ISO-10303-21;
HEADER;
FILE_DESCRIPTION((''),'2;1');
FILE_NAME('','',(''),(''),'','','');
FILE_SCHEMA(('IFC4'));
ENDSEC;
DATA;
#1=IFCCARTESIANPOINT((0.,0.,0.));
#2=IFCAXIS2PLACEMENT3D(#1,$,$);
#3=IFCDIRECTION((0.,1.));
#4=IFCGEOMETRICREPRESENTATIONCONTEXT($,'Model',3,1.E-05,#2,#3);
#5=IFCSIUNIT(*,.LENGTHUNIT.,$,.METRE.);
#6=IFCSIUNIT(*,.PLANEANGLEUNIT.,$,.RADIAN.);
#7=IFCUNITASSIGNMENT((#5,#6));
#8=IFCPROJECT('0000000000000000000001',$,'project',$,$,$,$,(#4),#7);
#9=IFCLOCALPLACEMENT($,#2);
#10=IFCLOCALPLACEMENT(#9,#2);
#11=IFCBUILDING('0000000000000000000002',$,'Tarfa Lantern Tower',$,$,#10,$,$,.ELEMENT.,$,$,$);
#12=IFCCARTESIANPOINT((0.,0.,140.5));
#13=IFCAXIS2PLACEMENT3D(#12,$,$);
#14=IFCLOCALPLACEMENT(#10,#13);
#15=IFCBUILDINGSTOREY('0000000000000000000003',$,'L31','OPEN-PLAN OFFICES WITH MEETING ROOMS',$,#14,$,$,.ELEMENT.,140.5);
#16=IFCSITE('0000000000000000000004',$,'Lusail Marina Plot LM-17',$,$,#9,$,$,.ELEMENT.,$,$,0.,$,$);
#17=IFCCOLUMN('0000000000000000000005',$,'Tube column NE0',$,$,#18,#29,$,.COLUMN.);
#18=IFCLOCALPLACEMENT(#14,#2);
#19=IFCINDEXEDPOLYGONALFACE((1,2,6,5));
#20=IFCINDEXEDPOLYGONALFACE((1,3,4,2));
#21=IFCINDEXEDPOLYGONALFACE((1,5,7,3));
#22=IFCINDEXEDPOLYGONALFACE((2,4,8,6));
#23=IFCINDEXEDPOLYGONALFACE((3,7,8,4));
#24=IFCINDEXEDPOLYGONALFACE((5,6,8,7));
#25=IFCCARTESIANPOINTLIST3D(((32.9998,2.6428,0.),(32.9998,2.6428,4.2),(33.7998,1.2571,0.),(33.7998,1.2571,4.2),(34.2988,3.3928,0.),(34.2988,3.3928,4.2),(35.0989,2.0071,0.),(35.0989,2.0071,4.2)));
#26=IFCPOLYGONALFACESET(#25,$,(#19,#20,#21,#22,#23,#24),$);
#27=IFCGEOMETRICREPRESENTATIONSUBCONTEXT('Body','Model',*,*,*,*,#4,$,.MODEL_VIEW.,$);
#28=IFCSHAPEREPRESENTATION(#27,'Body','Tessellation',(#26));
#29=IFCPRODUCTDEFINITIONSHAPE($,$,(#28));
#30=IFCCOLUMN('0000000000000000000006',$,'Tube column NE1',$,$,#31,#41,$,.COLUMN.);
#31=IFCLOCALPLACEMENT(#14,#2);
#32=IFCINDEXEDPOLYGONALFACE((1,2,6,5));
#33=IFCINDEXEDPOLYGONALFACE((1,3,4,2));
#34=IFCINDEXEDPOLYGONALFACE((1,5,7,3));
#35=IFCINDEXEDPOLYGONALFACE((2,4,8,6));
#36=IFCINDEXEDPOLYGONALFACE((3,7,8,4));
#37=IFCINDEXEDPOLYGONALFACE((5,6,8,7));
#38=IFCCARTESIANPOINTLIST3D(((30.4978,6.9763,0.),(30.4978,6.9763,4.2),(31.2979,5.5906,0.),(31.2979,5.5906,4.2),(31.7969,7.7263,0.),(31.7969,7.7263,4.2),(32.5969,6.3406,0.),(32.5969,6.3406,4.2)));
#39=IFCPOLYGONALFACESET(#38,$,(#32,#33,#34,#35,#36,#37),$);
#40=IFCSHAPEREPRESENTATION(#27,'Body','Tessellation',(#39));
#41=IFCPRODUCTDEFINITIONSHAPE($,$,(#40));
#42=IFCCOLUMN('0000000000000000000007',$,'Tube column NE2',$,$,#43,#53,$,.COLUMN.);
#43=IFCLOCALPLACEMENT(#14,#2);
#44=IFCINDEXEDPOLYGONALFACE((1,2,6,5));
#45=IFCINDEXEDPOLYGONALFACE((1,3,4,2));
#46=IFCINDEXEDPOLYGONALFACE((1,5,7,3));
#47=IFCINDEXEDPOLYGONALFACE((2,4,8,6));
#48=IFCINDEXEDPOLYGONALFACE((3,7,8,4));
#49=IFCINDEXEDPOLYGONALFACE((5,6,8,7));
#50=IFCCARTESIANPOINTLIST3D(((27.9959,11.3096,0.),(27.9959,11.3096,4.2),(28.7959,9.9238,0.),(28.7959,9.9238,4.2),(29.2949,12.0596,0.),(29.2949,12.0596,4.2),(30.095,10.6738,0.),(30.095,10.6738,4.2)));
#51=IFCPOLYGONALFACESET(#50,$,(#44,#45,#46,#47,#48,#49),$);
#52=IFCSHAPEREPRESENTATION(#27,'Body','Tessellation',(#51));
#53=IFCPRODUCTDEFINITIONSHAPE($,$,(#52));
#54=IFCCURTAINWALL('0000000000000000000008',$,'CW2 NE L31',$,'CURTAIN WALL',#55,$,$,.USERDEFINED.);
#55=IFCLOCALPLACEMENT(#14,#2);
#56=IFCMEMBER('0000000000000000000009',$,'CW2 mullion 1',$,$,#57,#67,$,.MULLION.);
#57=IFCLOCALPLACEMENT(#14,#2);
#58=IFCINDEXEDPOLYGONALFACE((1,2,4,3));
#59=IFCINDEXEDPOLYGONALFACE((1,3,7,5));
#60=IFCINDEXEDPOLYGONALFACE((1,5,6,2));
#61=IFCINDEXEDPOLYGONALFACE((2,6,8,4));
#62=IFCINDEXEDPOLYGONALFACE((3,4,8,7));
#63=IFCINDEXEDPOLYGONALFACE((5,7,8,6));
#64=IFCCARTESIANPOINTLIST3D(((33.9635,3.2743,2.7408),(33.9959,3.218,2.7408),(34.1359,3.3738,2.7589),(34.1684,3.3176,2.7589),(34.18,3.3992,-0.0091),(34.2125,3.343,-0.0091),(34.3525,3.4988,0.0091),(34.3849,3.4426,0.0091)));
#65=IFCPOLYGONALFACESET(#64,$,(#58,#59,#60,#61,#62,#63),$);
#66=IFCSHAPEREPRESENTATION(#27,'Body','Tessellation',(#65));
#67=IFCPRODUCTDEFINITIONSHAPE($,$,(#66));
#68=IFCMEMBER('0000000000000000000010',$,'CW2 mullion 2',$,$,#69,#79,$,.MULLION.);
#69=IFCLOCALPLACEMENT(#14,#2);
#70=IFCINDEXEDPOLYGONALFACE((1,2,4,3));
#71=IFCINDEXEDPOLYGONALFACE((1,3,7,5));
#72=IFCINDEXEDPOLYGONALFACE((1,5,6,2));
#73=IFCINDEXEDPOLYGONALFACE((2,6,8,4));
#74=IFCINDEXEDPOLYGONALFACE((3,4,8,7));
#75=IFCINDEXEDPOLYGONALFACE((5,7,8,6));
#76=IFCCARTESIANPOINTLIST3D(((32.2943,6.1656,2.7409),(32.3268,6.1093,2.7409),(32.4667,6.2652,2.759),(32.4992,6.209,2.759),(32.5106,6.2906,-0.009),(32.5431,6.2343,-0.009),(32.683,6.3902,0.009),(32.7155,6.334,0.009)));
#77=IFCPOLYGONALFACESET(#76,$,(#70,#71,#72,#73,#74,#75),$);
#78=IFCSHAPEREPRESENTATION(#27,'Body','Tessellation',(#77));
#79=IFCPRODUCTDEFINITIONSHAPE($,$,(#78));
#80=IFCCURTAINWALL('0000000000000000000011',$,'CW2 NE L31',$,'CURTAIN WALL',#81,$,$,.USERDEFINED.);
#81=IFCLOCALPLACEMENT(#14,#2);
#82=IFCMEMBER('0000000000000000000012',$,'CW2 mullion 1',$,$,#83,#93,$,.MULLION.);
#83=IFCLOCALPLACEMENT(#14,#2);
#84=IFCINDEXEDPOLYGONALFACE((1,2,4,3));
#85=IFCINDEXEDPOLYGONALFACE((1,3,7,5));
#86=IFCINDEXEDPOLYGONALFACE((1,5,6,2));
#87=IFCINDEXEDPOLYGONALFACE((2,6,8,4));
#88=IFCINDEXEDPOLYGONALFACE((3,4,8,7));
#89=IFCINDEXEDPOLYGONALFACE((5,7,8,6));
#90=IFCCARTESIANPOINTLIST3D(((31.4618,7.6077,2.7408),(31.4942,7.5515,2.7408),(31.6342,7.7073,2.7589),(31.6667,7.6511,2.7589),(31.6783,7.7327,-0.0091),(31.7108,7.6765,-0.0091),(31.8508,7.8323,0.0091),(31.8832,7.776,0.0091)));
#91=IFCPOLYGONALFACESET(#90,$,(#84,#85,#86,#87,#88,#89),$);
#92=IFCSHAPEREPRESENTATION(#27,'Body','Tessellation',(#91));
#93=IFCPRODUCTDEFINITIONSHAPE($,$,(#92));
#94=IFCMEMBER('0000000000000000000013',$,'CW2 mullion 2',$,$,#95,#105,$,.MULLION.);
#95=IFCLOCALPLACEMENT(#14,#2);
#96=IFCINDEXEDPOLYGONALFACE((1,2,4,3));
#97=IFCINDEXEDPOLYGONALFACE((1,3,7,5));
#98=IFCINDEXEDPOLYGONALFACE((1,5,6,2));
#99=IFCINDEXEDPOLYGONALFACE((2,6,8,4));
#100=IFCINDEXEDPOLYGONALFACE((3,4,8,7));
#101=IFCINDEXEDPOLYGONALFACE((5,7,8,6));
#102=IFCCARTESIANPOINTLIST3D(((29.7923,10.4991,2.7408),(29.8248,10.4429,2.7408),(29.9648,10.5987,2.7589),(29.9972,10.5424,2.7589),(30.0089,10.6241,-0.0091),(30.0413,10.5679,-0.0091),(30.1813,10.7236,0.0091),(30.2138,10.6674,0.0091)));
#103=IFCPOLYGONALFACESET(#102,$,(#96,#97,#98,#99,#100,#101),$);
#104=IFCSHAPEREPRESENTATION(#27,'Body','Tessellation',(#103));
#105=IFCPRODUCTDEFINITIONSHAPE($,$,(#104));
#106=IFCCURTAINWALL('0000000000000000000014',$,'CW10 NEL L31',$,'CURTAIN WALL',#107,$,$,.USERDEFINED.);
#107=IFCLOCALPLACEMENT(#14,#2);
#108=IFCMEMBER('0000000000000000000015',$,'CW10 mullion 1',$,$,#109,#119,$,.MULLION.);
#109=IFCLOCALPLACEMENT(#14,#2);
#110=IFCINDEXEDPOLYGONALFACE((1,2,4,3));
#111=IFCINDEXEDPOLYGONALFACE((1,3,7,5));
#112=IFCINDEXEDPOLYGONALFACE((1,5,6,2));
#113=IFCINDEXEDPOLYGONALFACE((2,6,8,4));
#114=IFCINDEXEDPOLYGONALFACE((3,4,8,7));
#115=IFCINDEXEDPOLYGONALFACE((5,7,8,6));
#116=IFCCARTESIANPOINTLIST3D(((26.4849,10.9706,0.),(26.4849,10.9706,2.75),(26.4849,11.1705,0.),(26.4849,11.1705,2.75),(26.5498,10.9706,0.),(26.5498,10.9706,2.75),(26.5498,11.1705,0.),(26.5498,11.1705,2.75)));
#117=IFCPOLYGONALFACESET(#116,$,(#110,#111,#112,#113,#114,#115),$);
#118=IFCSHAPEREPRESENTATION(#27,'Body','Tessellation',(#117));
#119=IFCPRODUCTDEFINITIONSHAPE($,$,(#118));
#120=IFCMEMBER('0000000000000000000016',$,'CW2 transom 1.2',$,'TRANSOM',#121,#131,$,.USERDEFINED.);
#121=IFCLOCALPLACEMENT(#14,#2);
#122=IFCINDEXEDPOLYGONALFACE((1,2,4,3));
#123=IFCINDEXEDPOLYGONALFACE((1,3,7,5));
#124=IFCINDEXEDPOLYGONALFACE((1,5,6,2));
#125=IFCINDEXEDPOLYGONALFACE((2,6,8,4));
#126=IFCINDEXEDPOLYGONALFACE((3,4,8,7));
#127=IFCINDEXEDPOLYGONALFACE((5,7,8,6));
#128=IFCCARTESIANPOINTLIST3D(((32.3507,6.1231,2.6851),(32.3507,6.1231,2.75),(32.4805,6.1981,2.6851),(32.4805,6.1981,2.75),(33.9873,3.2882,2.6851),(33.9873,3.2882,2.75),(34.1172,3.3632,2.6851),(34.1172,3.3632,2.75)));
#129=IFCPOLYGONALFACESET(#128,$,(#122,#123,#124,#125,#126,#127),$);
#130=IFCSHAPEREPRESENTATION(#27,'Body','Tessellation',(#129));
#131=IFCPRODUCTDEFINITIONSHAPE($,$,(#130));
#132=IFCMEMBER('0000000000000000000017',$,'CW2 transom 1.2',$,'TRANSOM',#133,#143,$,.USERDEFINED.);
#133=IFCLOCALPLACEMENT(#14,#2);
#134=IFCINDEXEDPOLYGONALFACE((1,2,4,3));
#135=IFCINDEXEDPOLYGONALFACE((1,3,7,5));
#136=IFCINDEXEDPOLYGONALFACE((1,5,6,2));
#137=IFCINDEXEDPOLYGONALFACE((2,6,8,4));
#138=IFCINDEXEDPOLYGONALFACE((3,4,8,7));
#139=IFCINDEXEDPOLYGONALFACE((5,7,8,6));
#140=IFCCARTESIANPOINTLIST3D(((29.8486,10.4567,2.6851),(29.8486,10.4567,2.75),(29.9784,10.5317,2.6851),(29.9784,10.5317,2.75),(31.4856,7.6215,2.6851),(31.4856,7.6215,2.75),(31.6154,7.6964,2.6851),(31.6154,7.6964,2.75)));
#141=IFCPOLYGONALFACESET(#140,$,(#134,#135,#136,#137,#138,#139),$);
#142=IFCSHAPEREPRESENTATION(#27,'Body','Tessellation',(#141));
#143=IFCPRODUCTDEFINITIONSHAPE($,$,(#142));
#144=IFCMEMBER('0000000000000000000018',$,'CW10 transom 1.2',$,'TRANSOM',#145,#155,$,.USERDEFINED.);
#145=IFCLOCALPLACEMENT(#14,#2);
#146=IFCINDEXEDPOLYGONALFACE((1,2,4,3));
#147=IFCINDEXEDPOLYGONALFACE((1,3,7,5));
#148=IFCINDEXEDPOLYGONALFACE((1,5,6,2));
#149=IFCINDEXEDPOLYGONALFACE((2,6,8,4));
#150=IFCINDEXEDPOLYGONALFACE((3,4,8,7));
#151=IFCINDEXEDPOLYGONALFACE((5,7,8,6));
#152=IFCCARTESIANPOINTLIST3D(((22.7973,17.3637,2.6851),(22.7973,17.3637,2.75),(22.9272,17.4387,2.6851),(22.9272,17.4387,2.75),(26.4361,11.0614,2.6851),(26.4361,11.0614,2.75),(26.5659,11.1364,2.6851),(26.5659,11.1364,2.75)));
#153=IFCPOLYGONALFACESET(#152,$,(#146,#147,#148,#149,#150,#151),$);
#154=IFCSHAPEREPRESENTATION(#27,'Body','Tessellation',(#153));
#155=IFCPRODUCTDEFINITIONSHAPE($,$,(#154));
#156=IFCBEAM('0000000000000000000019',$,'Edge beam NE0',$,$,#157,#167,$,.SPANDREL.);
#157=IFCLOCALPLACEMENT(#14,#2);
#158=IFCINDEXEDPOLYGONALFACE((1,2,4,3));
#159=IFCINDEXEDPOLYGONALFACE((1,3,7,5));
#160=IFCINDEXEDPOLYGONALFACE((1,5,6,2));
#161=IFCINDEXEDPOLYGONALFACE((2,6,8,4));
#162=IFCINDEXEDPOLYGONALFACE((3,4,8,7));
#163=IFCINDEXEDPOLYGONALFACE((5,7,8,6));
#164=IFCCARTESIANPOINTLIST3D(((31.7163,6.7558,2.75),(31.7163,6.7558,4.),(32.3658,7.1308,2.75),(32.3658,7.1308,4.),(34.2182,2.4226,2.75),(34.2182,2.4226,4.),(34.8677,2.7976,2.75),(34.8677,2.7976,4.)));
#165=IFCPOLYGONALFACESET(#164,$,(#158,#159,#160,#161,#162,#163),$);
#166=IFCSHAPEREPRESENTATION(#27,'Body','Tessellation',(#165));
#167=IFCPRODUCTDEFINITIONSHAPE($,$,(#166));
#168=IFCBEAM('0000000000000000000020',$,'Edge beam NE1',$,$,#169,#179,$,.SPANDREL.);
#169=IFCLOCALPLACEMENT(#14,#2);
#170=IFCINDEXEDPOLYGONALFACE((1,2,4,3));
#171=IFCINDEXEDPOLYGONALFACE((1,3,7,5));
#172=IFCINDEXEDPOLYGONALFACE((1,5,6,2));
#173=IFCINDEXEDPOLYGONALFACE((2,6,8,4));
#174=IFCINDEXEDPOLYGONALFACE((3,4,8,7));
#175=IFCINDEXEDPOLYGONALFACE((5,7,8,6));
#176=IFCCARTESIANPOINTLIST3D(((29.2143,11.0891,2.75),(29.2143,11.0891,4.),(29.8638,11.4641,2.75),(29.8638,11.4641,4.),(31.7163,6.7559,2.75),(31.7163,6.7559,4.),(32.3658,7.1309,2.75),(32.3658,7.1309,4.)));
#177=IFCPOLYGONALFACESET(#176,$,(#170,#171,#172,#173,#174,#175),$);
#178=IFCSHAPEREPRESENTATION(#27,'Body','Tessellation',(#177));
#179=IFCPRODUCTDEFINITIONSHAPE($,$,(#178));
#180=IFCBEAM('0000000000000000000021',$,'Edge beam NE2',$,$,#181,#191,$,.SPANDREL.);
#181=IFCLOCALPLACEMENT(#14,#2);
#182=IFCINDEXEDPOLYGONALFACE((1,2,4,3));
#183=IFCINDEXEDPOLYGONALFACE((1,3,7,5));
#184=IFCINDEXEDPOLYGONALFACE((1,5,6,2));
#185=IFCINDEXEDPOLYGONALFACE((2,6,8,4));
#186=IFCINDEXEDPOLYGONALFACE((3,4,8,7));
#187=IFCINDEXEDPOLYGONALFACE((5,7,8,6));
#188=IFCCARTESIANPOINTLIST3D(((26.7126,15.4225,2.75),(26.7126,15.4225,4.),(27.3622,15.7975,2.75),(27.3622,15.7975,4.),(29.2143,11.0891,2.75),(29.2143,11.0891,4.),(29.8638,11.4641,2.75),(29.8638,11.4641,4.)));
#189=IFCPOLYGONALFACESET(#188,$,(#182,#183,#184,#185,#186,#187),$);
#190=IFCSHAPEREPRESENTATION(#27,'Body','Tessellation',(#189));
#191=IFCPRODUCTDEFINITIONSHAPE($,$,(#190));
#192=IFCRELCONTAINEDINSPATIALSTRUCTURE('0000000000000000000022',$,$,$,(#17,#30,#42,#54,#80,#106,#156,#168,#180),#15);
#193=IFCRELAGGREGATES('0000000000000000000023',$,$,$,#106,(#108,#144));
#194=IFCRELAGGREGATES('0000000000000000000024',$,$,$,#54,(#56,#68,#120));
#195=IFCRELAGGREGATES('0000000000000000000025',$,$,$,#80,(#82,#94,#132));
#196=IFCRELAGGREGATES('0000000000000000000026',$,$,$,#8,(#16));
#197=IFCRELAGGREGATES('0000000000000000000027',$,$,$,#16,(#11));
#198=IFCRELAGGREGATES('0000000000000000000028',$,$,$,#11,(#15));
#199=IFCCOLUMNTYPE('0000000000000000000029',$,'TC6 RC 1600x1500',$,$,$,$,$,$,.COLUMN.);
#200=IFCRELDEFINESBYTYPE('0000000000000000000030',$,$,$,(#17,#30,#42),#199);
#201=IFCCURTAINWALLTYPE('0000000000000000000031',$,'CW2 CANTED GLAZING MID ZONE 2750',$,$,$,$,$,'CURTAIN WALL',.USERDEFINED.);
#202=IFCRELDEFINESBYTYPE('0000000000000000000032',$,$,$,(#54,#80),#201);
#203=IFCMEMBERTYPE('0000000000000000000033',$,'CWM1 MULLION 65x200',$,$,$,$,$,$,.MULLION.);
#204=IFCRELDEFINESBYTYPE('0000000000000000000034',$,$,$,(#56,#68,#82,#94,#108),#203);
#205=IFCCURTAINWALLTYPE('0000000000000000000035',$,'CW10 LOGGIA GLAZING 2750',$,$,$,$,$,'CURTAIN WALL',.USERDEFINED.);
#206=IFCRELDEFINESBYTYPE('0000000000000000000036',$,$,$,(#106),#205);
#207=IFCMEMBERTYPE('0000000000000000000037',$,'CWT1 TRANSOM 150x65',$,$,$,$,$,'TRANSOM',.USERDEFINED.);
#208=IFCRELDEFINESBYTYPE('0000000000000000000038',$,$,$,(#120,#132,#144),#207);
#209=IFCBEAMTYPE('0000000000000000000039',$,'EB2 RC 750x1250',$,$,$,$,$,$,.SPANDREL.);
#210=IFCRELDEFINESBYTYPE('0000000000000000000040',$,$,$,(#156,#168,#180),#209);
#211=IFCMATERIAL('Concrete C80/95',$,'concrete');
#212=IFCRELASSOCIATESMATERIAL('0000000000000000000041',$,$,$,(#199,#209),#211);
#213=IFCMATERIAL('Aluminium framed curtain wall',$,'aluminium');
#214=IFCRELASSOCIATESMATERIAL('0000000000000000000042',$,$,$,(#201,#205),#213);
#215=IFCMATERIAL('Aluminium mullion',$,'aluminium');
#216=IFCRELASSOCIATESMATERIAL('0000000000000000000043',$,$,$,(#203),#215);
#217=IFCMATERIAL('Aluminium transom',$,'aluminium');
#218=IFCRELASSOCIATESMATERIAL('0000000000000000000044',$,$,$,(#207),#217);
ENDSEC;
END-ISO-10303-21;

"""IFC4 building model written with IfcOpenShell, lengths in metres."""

from ifc_helpers import new_model, si_unit, direction, frame, origin, origin_2d, place, context, subcontext, project, spatial, rectangle, extrude, material, material_profile, profile_set, type_object, element, aggregate, save


model = new_model("IFC4")

# Units and contexts
model_context = context("Model", 3, precision=1e-05, world=origin(), true_north=direction((0.0, 1.0)))
body_context = subcontext(model_context, "Body", "Model", "MODEL_VIEW")
ifc_project = project(units=[si_unit("LENGTHUNIT", "METRE"), si_unit("PLANEANGLEUNIT", "RADIAN")], contexts=[model_context])

# Site, building, storey
site_placement = place(None, origin())
site = spatial("IfcSite", under=ifc_project, at=site_placement, Name="Lusail Marina Plot LM-17", CompositionType="ELEMENT", RefElevation=0.0)
building_placement = place(site_placement, origin())
building = spatial("IfcBuilding", under=site, at=building_placement, Name="Tarfa Lantern Tower", CompositionType="ELEMENT")
storey_placement = place(building_placement, frame((0.0, 0.0, 140.5)))
storey = spatial("IfcBuildingStorey", under=building, at=storey_placement, Name="L31", Description="OPEN-PLAN OFFICES WITH MEETING ROOMS", CompositionType="ELEMENT", Elevation=140.5)

# Columns
ifc_material_1 = material(Name="Concrete C80/95", Category="concrete")
ifc_material_profile_1 = material_profile(ifc_material_1, rectangle(XDim=1.6001, YDim=1.5, at=origin_2d()), Name="RC 1600x1500")
ifc_profile_set_1 = profile_set([ifc_material_profile_1], Name="Concrete C80/95")
column_type = type_object("IfcColumnType", Name="TC6 RC 1600x1500", PredefinedType="COLUMN", material=ifc_profile_set_1)
for number, where, z_axis, x_axis, name in (
    (1, (34.0493, 2.325, 0.0), (0.0, 0.0, 1.0), (-0.5, 0.866025, 0.0), "Tube column NE0"),
    (2, (31.5474, 6.6584, 0.0), (0.0, 0.0, 1.0), (-0.5, 0.866025, 0.0), "Tube column NE1"),
    (3, (29.0454, 10.9917, 0.0), (0.0, 0.0, 1.0), (-0.5, 0.866025, 0.0), "Tube column NE2"),
):
    element("IfcColumn", number, at=place(storey_placement, frame(where, z_axis=z_axis, x_axis=x_axis)), inside=storey, type_object=column_type, Name=name, PredefinedType="COLUMN", context=body_context, shape_type="SweptSolid", body=[
        extrude(rectangle(XDim=1.6001, YDim=1.5, at=origin_2d()), origin(), (0.0, 0.0, 1.0), 4.2),
    ])

# Curtain walls, members
ifc_material_2 = material(Name="Aluminium framed curtain wall", Category="aluminium")
curtain_wall_type_1 = type_object("IfcCurtainWallType", Name="CW2 CANTED GLAZING MID ZONE 2750", ElementType="CURTAIN WALL", PredefinedType="USERDEFINED", material=ifc_material_2)
curtain_wall_1_placement = place(storey_placement, origin())
curtain_wall_1 = element("IfcCurtainWall", 4, at=curtain_wall_1_placement, inside=storey, type_object=curtain_wall_type_1, Name="CW2 NE L31", ObjectType="CURTAIN WALL", PredefinedType="USERDEFINED")
ifc_material_3 = material(Name="Aluminium mullion", Category="aluminium")
ifc_material_profile_2 = material_profile(ifc_material_3, rectangle(XDim=0.0649, YDim=0.2, at=origin_2d()), Name="AL MULLION 65x200")
ifc_profile_set_2 = profile_set([ifc_material_profile_2], Name="Aluminium mullion")
member_type_1 = type_object("IfcMemberType", Name="CWM1 MULLION 65x200", PredefinedType="MULLION", material=ifc_profile_set_2)
member_1_placement = place(storey_placement, frame((34.2825, 3.4209, 0.0), z_axis=(-0.078423, -0.045268, 0.995892), x_axis=(0.49992, -0.866072, 0.0)))
member_1 = element("IfcMember", 5, at=member_1_placement, type_object=member_type_1, Name="CW2 mullion 1", PredefinedType="MULLION", context=body_context, shape_type="SweptSolid", body=[
    extrude(rectangle(XDim=0.0649, YDim=0.2, at=origin_2d()), origin(), (0.0, 0.0, 1.0), 2.7612),
])
member_2_placement = place(storey_placement, frame((32.613, 6.3123, 0.0), z_axis=(-0.078335, -0.045268, 0.995899), x_axis=(0.500343, -0.865827, 0.0)))
member_2 = element("IfcMember", 6, at=member_2_placement, type_object=member_type_1, Name="CW2 mullion 2", PredefinedType="MULLION", context=body_context, shape_type="SweptSolid", body=[
    extrude(rectangle(XDim=0.0649, YDim=0.2, at=origin_2d()), origin(), (0.0, 0.0, 1.0), 2.7612),
])
curtain_wall_2_placement = place(storey_placement, origin())
curtain_wall_2 = element("IfcCurtainWall", 7, at=curtain_wall_2_placement, inside=storey, type_object=curtain_wall_type_1, Name="CW2 NE L31", ObjectType="CURTAIN WALL", PredefinedType="USERDEFINED")
member_3_placement = place(storey_placement, frame((31.7808, 7.7544, 0.0), z_axis=(-0.078423, -0.045268, 0.995892), x_axis=(0.49992, -0.866072, 0.0)))
member_3 = element("IfcMember", 8, at=member_3_placement, type_object=member_type_1, Name="CW2 mullion 1", PredefinedType="MULLION", context=body_context, shape_type="SweptSolid", body=[
    extrude(rectangle(XDim=0.0649, YDim=0.2, at=origin_2d()), origin(), (0.0, 0.0, 1.0), 2.7612),
])
member_4_placement = place(storey_placement, frame((30.1113, 10.6458, 0.0), z_axis=(-0.078423, -0.045268, 0.995892), x_axis=(0.49992, -0.866072, 0.0)))
member_4 = element("IfcMember", 9, at=member_4_placement, type_object=member_type_1, Name="CW2 mullion 2", PredefinedType="MULLION", context=body_context, shape_type="SweptSolid", body=[
    extrude(rectangle(XDim=0.0649, YDim=0.2, at=origin_2d()), origin(), (0.0, 0.0, 1.0), 2.7612),
])

# Curtain wall, member
curtain_wall_type_2 = type_object("IfcCurtainWallType", Name="CW10 LOGGIA GLAZING 2750", ElementType="CURTAIN WALL", PredefinedType="USERDEFINED", material=ifc_material_2)
curtain_wall_3_placement = place(storey_placement, origin())
curtain_wall_3 = element("IfcCurtainWall", 10, at=curtain_wall_3_placement, inside=storey, type_object=curtain_wall_type_2, Name="CW10 NEL L31", ObjectType="CURTAIN WALL", PredefinedType="USERDEFINED")
member_5_placement = place(storey_placement, frame((26.5173, 11.0706, 0.0), z_axis=(0.0, 0.0, 1.0), x_axis=(1.0, 0.0, 0.0)))
member_5 = element("IfcMember", 11, at=member_5_placement, type_object=member_type_1, Name="CW10 mullion 1", PredefinedType="MULLION", context=body_context, shape_type="SweptSolid", body=[
    extrude(rectangle(XDim=0.0649, YDim=0.2, at=origin_2d()), origin(), (0.0, 0.0, 1.0), 2.75),
])

# Members
ifc_material_4 = material(Name="Aluminium transom", Category="aluminium")
ifc_material_profile_3 = material_profile(ifc_material_4, rectangle(XDim=0.1499, YDim=0.0649, at=origin_2d()), Name="AL TRANSOM 150x65")
ifc_profile_set_3 = profile_set([ifc_material_profile_3], Name="Aluminium transom")
member_type_2 = type_object("IfcMemberType", Name="CWT1 TRANSOM 150x65", ElementType="TRANSOM", PredefinedType="USERDEFINED", material=ifc_profile_set_3)
member_6_placement = place(storey_placement, frame((34.0522, 3.3257, 2.7175), z_axis=(-0.499989, 0.866032, 0.0), x_axis=(-0.866032, -0.499989, 0.0)))
member_6 = element("IfcMember", 12, at=member_6_placement, type_object=member_type_2, Name="CW2 transom 1.2", ObjectType="TRANSOM", PredefinedType="USERDEFINED", context=body_context, shape_type="SweptSolid", body=[
    extrude(rectangle(XDim=0.1499, YDim=0.0649, at=origin_2d()), origin(), (0.0, 0.0, 1.0), 3.2734),
])
member_7_placement = place(storey_placement, frame((31.5505, 7.6589, 2.7175), z_axis=(-0.500013, 0.866018, 0.0), x_axis=(-0.866018, -0.500013, 0.0)))
member_7 = element("IfcMember", 13, at=member_7_placement, type_object=member_type_2, Name="CW2 transom 1.2", ObjectType="TRANSOM", PredefinedType="USERDEFINED", context=body_context, shape_type="SweptSolid", body=[
    extrude(rectangle(XDim=0.1499, YDim=0.0649, at=origin_2d()), origin(), (0.0, 0.0, 1.0), 3.2739),
])
member_8_placement = place(storey_placement, frame((26.501, 11.0989, 2.7175), z_axis=(-0.500007, 0.866021, 0.0), x_axis=(-0.866021, -0.500007, 0.0)))
member_8 = element("IfcMember", 14, at=member_8_placement, type_object=member_type_2, Name="CW10 transom 1.2", ObjectType="TRANSOM", PredefinedType="USERDEFINED", context=body_context, shape_type="SweptSolid", body=[
    extrude(rectangle(XDim=0.1499, YDim=0.0649, at=origin_2d()), origin(), (0.0, 0.0, 1.0), 7.2773),
])
aggregate(curtain_wall_3, [member_5, member_8])

# Beams
ifc_material_profile_4 = material_profile(ifc_material_1, rectangle(XDim=0.75, YDim=1.25, at=origin_2d()), Name="RC 750x1250")
ifc_profile_set_4 = profile_set([ifc_material_profile_4], Name="Concrete C80/95")
beam_type_1 = type_object("IfcBeamType", Name="EB2 RC 750x1250", PredefinedType="SPANDREL", material=ifc_profile_set_4)
for number, where, z_axis, x_axis, name in (
    (15, (34.543, 2.6101, 3.375), (-0.500022, 0.866013, 0.0), (-0.866013, -0.500022, 0.0), "Edge beam NE0"),
    (16, (32.041, 6.9434, 3.375), (-0.500022, 0.866013, 0.0), (-0.866013, -0.500022, 0.0), "Edge beam NE1"),
    (17, (29.5391, 11.2766, 3.375), (-0.499965, 0.866046, 0.0), (-0.866046, -0.499965, 0.0), "Edge beam NE2"),
):
    element("IfcBeam", number, at=place(storey_placement, frame(where, z_axis=z_axis, x_axis=x_axis)), inside=storey, type_object=beam_type_1, Name=name, PredefinedType="SPANDREL", context=body_context, shape_type="SweptSolid", body=[
        extrude(rectangle(XDim=0.75, YDim=1.25, at=origin_2d()), origin(), (0.0, 0.0, 1.0), 5.0037),
    ])

aggregate(curtain_wall_1, [member_1, member_2, member_6])
aggregate(curtain_wall_2, [member_3, member_4, member_7])

save(model, "model.ifc")
